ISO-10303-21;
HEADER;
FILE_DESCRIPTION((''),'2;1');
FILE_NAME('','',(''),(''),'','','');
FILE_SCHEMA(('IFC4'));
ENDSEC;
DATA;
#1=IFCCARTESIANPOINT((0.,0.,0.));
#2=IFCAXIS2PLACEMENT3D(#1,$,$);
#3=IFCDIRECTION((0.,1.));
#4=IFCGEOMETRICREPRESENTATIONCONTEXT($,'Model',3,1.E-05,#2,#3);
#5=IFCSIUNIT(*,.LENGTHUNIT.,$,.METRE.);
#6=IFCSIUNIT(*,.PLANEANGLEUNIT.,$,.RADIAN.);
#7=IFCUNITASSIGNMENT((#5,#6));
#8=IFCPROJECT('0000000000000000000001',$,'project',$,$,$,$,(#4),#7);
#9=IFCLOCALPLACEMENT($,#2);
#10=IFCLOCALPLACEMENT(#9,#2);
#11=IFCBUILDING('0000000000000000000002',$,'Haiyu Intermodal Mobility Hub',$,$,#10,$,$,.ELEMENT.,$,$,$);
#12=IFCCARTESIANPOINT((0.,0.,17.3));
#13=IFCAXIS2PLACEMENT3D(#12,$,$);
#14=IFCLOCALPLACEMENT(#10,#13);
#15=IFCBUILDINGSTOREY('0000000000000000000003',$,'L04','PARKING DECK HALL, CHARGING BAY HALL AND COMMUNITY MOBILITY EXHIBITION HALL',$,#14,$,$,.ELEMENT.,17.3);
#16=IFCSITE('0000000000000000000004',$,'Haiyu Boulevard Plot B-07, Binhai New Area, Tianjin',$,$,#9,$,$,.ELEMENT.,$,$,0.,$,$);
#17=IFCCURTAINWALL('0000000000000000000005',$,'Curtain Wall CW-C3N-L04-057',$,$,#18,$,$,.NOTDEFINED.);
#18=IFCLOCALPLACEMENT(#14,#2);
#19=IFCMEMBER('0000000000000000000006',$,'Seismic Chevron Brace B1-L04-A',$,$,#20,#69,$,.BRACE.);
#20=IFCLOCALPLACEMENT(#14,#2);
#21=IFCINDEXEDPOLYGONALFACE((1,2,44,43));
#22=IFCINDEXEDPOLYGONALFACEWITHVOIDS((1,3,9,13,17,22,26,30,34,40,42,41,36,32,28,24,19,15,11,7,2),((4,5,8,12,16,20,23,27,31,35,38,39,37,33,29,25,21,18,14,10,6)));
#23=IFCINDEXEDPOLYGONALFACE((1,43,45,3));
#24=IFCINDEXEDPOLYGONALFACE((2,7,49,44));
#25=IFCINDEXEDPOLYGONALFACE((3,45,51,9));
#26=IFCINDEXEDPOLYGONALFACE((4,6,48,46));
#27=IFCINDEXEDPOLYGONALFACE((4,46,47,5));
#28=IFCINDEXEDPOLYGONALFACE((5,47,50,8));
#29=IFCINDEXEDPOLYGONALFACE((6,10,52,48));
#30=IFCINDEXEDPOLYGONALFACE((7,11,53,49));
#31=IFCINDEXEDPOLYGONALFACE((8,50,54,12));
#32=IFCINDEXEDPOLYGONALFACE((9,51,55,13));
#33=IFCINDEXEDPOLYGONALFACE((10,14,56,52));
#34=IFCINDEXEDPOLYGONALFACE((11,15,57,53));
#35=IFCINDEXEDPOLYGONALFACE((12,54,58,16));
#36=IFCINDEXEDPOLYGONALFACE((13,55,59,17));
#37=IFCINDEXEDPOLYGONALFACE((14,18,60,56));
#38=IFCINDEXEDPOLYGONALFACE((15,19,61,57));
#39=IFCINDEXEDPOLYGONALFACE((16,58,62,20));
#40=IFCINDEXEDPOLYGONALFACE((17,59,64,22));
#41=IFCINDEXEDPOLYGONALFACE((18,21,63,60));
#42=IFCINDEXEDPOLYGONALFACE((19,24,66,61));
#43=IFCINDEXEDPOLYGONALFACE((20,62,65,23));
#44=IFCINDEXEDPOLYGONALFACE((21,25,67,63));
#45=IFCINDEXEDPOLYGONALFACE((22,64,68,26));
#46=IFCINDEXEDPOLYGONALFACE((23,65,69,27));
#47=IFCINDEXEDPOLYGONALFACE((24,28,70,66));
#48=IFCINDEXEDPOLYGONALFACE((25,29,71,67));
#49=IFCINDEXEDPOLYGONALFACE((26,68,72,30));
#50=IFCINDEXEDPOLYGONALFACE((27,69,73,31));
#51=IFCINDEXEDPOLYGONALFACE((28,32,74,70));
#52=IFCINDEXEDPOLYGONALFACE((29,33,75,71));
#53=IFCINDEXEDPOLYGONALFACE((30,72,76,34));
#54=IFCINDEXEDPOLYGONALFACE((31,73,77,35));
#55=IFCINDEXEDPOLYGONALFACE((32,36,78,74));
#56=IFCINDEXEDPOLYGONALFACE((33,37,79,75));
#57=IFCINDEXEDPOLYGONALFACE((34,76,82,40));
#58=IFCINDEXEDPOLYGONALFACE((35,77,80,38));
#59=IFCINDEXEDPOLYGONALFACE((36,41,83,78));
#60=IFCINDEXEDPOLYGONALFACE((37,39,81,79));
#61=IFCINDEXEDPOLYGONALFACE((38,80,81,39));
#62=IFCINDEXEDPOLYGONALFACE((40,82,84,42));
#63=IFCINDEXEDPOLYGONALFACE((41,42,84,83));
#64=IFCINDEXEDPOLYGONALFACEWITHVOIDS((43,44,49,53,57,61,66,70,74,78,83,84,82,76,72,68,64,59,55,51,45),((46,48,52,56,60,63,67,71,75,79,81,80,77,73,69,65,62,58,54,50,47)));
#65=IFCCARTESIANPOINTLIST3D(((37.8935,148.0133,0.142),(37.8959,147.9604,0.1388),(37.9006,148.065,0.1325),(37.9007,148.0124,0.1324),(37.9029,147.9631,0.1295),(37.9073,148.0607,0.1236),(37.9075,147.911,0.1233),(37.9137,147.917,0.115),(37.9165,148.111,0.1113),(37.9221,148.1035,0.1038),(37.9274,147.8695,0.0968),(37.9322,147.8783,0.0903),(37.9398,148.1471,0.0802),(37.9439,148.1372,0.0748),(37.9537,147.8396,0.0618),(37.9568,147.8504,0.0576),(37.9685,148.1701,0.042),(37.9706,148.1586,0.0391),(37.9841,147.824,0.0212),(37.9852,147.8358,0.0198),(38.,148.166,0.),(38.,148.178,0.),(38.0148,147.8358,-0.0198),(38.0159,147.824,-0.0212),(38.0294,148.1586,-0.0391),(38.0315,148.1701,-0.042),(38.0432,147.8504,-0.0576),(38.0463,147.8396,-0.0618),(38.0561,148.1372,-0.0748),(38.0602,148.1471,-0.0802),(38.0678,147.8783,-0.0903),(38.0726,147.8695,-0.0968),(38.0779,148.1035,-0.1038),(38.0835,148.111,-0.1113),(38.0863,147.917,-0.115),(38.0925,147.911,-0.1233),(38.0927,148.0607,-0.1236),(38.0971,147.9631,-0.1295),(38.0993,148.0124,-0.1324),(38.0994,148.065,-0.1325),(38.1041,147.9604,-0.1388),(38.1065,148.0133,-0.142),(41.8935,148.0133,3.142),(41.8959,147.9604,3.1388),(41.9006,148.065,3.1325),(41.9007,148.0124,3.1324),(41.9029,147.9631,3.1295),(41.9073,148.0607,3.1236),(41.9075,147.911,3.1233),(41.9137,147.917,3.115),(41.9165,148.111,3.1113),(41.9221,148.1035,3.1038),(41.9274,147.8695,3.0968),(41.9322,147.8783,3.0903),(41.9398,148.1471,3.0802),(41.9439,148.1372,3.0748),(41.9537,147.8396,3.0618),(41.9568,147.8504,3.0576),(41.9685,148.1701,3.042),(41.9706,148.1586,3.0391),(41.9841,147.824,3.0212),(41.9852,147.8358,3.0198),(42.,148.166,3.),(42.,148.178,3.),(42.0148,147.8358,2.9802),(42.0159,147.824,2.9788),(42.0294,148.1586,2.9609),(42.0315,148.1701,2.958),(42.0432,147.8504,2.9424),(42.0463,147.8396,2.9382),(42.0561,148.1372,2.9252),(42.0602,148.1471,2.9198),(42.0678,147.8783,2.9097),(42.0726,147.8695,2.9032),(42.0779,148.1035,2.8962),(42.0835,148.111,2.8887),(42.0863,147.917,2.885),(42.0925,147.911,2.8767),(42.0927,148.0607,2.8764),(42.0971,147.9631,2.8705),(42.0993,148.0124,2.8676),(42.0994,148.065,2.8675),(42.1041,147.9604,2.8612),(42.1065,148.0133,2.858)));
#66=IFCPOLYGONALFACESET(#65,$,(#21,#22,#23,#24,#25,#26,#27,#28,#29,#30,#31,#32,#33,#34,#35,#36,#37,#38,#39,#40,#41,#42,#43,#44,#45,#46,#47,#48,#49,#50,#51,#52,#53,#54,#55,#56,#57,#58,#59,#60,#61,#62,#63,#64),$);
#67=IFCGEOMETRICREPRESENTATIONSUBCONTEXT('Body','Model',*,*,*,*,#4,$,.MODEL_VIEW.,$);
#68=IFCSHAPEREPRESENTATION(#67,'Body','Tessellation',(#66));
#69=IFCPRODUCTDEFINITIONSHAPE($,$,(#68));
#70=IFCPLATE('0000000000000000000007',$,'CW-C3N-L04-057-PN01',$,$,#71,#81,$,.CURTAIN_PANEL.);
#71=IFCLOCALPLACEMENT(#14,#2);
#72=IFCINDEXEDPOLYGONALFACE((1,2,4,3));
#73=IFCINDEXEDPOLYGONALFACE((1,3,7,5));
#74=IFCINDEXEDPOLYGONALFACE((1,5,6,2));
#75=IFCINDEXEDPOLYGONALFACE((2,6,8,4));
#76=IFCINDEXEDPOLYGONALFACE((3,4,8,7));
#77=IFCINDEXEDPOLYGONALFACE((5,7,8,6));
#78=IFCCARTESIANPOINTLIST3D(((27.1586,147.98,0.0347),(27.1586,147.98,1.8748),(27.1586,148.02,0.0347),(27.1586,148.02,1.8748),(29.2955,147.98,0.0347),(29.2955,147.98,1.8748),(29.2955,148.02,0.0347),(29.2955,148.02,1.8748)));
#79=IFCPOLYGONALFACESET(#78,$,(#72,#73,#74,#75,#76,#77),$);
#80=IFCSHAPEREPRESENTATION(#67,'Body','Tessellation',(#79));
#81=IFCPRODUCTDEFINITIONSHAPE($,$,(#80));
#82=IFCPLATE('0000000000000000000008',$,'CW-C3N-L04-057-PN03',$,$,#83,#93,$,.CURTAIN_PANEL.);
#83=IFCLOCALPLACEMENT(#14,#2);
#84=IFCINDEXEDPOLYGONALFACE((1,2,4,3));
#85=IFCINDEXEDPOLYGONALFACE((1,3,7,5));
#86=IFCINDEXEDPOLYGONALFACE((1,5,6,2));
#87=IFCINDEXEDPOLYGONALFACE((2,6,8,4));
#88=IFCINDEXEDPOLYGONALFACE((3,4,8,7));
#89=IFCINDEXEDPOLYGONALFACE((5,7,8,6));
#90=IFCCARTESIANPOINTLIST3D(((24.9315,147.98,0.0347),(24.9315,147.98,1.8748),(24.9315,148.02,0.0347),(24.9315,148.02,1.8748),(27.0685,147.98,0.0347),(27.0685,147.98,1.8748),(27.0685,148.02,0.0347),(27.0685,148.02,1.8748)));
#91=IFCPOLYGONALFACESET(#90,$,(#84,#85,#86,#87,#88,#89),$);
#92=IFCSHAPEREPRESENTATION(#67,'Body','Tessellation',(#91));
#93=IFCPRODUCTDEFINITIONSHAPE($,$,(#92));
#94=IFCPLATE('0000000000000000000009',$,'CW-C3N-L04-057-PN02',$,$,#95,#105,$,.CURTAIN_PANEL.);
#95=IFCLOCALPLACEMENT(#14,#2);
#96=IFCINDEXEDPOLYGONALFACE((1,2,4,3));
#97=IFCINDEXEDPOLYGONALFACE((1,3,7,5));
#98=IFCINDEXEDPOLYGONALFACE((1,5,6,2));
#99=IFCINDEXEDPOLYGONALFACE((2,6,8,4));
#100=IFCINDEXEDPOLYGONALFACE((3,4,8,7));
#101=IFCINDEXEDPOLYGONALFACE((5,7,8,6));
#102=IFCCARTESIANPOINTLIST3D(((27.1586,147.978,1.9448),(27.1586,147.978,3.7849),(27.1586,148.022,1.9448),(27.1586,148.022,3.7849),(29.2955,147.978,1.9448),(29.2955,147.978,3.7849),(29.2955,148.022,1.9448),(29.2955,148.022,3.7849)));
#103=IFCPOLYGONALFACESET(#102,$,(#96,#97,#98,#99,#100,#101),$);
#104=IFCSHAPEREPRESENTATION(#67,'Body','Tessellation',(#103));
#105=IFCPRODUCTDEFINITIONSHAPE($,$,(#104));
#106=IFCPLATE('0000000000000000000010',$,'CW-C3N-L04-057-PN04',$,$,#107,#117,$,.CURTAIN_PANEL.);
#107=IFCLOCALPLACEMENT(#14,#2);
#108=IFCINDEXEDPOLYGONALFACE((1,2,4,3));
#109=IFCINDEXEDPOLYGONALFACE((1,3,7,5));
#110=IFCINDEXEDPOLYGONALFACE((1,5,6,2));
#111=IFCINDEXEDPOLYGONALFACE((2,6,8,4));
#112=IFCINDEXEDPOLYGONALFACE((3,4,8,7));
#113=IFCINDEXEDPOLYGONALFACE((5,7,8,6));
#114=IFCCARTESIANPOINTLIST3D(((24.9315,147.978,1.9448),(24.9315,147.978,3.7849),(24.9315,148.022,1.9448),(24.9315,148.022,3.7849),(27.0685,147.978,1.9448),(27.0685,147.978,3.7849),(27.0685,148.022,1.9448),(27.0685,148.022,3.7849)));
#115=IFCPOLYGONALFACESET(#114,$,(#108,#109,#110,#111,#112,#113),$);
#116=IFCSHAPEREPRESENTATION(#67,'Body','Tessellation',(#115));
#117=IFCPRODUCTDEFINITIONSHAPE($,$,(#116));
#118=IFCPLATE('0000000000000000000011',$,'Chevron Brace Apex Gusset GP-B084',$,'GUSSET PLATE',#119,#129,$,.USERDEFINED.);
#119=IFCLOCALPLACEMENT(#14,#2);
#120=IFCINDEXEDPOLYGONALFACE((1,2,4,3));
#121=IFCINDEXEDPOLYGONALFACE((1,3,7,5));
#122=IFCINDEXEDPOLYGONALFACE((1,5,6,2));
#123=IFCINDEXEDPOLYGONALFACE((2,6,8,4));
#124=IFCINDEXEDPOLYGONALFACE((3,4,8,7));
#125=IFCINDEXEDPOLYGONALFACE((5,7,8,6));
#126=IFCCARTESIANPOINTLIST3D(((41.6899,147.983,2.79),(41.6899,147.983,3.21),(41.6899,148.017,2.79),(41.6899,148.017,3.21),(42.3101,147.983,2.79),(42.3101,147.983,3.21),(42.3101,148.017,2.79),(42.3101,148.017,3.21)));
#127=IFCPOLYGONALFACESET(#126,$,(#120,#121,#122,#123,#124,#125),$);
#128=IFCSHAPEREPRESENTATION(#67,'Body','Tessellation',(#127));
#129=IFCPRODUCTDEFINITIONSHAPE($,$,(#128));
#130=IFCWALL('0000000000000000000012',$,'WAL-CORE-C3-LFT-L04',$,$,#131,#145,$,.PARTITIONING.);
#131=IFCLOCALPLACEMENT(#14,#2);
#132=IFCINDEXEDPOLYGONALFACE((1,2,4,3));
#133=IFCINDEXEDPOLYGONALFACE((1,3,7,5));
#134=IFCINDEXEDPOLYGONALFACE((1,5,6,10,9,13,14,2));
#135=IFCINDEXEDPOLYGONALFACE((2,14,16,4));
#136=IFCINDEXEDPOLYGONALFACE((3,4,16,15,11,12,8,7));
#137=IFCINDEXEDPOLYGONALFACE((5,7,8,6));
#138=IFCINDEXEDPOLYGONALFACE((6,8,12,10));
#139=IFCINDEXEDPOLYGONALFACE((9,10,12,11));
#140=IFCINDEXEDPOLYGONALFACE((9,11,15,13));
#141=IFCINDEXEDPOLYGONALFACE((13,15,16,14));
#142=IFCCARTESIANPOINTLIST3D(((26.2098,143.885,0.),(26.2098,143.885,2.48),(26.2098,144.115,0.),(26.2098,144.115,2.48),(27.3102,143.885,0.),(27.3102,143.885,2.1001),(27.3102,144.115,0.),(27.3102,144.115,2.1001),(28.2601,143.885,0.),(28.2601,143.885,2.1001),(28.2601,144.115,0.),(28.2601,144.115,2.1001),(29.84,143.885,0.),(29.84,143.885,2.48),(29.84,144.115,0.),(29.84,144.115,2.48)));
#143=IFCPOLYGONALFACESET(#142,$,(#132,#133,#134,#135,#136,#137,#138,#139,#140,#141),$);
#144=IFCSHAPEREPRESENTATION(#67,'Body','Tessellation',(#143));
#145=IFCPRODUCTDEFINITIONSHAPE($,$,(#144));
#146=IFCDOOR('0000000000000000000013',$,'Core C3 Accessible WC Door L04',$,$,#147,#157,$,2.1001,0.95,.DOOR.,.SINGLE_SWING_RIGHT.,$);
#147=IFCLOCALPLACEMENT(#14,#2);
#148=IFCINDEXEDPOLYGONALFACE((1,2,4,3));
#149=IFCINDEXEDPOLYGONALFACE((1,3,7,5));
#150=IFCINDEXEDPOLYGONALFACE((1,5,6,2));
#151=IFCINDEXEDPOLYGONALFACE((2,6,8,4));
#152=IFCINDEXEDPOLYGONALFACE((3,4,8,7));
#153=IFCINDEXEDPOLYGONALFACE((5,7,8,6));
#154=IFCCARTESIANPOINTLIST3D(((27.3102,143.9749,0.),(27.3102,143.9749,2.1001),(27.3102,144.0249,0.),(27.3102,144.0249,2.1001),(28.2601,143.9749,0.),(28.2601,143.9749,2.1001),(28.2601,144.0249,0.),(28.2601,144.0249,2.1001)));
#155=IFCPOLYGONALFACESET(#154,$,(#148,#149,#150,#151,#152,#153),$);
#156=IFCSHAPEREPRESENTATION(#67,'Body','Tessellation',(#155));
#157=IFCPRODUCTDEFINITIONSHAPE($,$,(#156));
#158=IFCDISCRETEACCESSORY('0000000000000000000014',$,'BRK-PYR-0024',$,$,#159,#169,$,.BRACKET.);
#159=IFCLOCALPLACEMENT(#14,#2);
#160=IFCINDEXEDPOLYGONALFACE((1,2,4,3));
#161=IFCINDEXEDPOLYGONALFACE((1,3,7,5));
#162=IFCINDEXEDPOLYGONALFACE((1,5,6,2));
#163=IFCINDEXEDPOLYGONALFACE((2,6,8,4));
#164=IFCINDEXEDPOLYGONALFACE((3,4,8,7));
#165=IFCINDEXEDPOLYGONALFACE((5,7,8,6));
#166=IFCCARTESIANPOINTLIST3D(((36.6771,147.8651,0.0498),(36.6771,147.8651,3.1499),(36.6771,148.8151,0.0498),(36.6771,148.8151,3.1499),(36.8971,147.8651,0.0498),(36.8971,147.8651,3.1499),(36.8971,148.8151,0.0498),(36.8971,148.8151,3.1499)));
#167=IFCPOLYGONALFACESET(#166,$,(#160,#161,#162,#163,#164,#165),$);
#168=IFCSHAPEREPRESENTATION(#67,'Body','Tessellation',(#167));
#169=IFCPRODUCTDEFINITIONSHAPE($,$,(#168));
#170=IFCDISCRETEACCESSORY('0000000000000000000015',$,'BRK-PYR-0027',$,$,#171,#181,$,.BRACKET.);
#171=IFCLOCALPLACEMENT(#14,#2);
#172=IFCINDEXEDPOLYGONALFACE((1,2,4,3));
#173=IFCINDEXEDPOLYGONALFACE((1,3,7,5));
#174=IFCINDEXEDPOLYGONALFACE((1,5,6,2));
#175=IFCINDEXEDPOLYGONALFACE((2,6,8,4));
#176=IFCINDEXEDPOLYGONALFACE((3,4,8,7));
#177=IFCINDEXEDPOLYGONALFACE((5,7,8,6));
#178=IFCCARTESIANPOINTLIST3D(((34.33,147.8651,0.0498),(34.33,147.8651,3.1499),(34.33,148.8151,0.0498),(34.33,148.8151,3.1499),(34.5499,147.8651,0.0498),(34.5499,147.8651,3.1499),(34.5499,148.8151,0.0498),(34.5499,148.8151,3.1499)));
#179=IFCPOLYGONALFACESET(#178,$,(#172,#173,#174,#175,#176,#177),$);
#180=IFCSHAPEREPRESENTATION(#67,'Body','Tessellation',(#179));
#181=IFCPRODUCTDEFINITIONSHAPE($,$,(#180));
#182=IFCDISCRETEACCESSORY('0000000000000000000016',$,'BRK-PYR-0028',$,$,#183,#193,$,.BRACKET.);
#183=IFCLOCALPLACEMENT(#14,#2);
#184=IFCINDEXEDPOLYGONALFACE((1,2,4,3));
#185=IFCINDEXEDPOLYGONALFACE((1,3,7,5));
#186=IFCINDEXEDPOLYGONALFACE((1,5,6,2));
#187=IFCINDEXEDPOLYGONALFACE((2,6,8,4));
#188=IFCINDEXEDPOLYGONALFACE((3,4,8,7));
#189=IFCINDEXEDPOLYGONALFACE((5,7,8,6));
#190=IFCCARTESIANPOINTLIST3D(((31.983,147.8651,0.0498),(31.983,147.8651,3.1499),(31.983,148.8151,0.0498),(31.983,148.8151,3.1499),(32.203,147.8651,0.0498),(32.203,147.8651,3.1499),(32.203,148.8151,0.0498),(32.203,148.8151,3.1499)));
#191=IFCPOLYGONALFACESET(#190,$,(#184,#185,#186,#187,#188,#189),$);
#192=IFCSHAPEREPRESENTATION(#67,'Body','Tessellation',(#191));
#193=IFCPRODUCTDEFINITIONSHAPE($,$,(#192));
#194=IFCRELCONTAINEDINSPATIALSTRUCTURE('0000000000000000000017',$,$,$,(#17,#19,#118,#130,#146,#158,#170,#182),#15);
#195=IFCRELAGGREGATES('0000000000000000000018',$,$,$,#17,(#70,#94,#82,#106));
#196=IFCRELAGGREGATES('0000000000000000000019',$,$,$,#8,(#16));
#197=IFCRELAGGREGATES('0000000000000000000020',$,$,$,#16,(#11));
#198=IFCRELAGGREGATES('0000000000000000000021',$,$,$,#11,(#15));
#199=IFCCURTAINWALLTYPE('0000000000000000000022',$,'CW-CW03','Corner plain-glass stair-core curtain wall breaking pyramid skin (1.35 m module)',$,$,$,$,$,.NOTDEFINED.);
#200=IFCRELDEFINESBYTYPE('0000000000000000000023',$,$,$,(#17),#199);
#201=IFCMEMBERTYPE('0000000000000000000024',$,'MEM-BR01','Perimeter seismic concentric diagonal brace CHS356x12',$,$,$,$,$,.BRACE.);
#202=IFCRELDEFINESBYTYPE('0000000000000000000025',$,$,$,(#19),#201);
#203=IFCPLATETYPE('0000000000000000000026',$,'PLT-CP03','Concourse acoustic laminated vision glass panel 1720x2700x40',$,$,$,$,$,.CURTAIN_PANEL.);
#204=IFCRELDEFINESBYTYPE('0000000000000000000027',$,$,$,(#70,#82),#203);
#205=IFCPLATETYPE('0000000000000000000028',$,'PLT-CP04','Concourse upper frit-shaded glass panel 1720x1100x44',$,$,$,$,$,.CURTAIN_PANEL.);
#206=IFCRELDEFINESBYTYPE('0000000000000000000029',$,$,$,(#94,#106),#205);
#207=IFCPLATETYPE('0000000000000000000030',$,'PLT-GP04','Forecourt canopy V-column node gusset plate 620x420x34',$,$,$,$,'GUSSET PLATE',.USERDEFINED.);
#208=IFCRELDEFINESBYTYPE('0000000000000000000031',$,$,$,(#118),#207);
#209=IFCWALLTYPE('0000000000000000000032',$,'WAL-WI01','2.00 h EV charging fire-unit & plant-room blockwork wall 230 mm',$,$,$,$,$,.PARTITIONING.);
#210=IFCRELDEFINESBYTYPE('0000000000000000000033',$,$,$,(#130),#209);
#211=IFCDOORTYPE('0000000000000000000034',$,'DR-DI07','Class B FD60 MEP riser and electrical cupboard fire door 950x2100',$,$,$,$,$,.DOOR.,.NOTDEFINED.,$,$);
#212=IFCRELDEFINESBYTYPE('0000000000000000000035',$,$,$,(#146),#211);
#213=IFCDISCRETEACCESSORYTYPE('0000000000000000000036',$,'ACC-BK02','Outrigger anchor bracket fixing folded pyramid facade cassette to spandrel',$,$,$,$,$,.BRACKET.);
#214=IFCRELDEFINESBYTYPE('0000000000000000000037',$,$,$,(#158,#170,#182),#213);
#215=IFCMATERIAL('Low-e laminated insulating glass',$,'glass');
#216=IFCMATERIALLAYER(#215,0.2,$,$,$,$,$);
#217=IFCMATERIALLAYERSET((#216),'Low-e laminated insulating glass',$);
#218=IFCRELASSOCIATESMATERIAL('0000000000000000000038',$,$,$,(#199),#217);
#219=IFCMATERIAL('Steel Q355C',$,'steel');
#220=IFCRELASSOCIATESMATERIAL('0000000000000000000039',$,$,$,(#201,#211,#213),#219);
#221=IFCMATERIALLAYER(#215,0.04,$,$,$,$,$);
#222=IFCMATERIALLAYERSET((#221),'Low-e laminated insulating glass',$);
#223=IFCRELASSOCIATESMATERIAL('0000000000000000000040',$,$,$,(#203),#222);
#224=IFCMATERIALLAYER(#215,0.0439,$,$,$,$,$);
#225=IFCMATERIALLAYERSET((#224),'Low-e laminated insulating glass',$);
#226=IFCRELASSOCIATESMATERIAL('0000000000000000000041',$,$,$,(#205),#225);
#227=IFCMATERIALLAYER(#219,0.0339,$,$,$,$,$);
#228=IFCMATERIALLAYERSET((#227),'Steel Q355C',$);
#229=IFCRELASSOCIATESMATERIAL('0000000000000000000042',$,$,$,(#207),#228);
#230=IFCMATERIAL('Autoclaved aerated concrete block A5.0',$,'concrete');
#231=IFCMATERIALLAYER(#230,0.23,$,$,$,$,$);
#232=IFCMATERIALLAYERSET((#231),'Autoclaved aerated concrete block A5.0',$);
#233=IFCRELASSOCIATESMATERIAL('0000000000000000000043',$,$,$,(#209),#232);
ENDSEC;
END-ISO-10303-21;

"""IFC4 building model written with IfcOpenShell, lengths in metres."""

from ifc_helpers import new_model, si_unit, direction, frame, frame_2d, origin, origin_2d, place, context, subcontext, project, spatial, rectangle, hollow_circle, extrude, material, layer, layer_set, material_profile, profile_set, type_object, element, fill, aggregate, save


model = new_model("IFC4")

# Units and contexts
model_context = context("Model", 3, precision=1e-05, world=origin(), true_north=direction((0.0, 1.0)))
body_context = subcontext(model_context, "Body", "Model", "MODEL_VIEW")
ifc_project = project(units=[si_unit("LENGTHUNIT", "METRE"), si_unit("PLANEANGLEUNIT", "RADIAN")], contexts=[model_context])

# Site, building, storey
site_placement = place(None, origin())
site = spatial("IfcSite", under=ifc_project, at=site_placement, Name="Haiyu Boulevard Plot B-07, Binhai New Area, Tianjin", CompositionType="ELEMENT", RefElevation=0.0)
building_placement = place(site_placement, origin())
building = spatial("IfcBuilding", under=site, at=building_placement, Name="Haiyu Intermodal Mobility Hub", CompositionType="ELEMENT")
storey_placement = place(building_placement, frame((0.0, 0.0, 17.3)))
storey = spatial("IfcBuildingStorey", under=building, at=storey_placement, Name="L04", Description="PARKING DECK HALL, CHARGING BAY HALL AND COMMUNITY MOBILITY EXHIBITION HALL", CompositionType="ELEMENT", Elevation=17.3)

# Shared definitions
ifc_material_1 = material(Name="Steel Q355C", Category="steel")

# Curtain wall
ifc_material_2 = material(Name="Low-e laminated insulating glass", Category="glass")
ifc_layer_1 = layer(ifc_material_2, 0.2)
ifc_layer_set_1 = layer_set([ifc_layer_1], Name="Low-e laminated insulating glass")
curtain_wall_type = type_object("IfcCurtainWallType", Name="CW-CW03", Description="Corner plain-glass stair-core curtain wall breaking pyramid skin (1.35 m module)", PredefinedType="NOTDEFINED", material=ifc_layer_set_1)
curtain_wall_placement = place(storey_placement, origin())
curtain_wall = element("IfcCurtainWall", 1, at=curtain_wall_placement, inside=storey, type_object=curtain_wall_type, Name="Curtain Wall CW-C3N-L04-057", PredefinedType="NOTDEFINED")

# Member
ifc_material_profile_1 = material_profile(ifc_material_1, hollow_circle(Radius=0.178, WallThickness=0.012, at=origin_2d()), Name="CHS356x12")
ifc_profile_set_1 = profile_set([ifc_material_profile_1], Name="Steel Q355C")
member_type_1 = type_object("IfcMemberType", Name="MEM-BR01", Description="Perimeter seismic concentric diagonal brace CHS356x12", PredefinedType="BRACE", material=ifc_profile_set_1)
member_1_placement = place(storey_placement, frame((38.0, 148.0, 0.0), z_axis=(0.8, 0.0, 0.6), x_axis=(0.0, 1.0, 0.0)))
element("IfcMember", 2, at=member_1_placement, inside=storey, type_object=member_type_1, Name="Seismic Chevron Brace B1-L04-A", PredefinedType="BRACE", context=body_context, shape_type="SweptSolid", body=[
    extrude(hollow_circle(Radius=0.178, WallThickness=0.012, at=origin_2d()), origin(), (0.0, 0.0, 1.0), 5.0),
])

# Plates
ifc_layer_2 = layer(ifc_material_2, 0.04)
ifc_layer_set_2 = layer_set([ifc_layer_2], Name="Low-e laminated insulating glass")
plate_type_1 = type_object("IfcPlateType", Name="PLT-CP03", Description="Concourse acoustic laminated vision glass panel 1720x2700x40", PredefinedType="CURTAIN_PANEL", material=ifc_layer_set_2)
plate_1_placement = place(storey_placement, frame((28.2271, 148.0, 0.0347), z_axis=(0.0, 0.0, 1.0), x_axis=(-1.0, 0.0, 0.0)))
plate_1 = element("IfcPlate", 3, at=plate_1_placement, type_object=plate_type_1, Name="CW-C3N-L04-057-PN01", PredefinedType="CURTAIN_PANEL", context=body_context, shape_type="SweptSolid", body=[
    extrude(rectangle(XDim=2.137, YDim=0.04, at=origin_2d()), origin(), (0.0, 0.0, 1.0), 1.8401),
])
plate_2_placement = place(storey_placement, frame((26.0, 148.0, 0.0347), z_axis=(0.0, 0.0, 1.0), x_axis=(-1.0, 0.0, 0.0)))
plate_2 = element("IfcPlate", 4, at=plate_2_placement, type_object=plate_type_1, Name="CW-C3N-L04-057-PN03", PredefinedType="CURTAIN_PANEL", context=body_context, shape_type="SweptSolid", body=[
    extrude(rectangle(XDim=2.137, YDim=0.04, at=origin_2d()), origin(), (0.0, 0.0, 1.0), 1.8401),
])
ifc_layer_3 = layer(ifc_material_2, 0.0439)
ifc_layer_set_3 = layer_set([ifc_layer_3], Name="Low-e laminated insulating glass")
plate_type_2 = type_object("IfcPlateType", Name="PLT-CP04", Description="Concourse upper frit-shaded glass panel 1720x1100x44", PredefinedType="CURTAIN_PANEL", material=ifc_layer_set_3)
plate_3_placement = place(storey_placement, frame((28.2271, 148.0, 1.9448), z_axis=(0.0, 0.0, 1.0), x_axis=(-1.0, 0.0, 0.0)))
plate_3 = element("IfcPlate", 5, at=plate_3_placement, type_object=plate_type_2, Name="CW-C3N-L04-057-PN02", PredefinedType="CURTAIN_PANEL", context=body_context, shape_type="SweptSolid", body=[
    extrude(rectangle(XDim=2.137, YDim=0.0439, at=origin_2d()), origin(), (0.0, 0.0, 1.0), 1.8401),
])
plate_4_placement = place(storey_placement, frame((26.0, 148.0, 1.9448), z_axis=(0.0, 0.0, 1.0), x_axis=(-1.0, 0.0, 0.0)))
plate_4 = element("IfcPlate", 6, at=plate_4_placement, type_object=plate_type_2, Name="CW-C3N-L04-057-PN04", PredefinedType="CURTAIN_PANEL", context=body_context, shape_type="SweptSolid", body=[
    extrude(rectangle(XDim=2.137, YDim=0.0439, at=origin_2d()), origin(), (0.0, 0.0, 1.0), 1.8401),
])
aggregate(curtain_wall, [plate_1, plate_3, plate_2, plate_4])
ifc_layer_4 = layer(ifc_material_1, 0.0339)
ifc_layer_set_4 = layer_set([ifc_layer_4], Name="Steel Q355C")
plate_type_3 = type_object("IfcPlateType", Name="PLT-GP04", Description="Forecourt canopy V-column node gusset plate 620x420x34", ElementType="GUSSET PLATE", PredefinedType="USERDEFINED", material=ifc_layer_set_4)
plate_5_placement = place(storey_placement, frame((42.0, 148.0, 2.79), z_axis=(0.0, 0.0, 1.0), x_axis=(1.0, 0.0, 0.0)))
element("IfcPlate", 7, at=plate_5_placement, inside=storey, type_object=plate_type_3, Name="Chevron Brace Apex Gusset GP-B084", ObjectType="GUSSET PLATE", PredefinedType="USERDEFINED", context=body_context, shape_type="SweptSolid", body=[
    extrude(rectangle(XDim=0.6201, YDim=0.0339, at=origin_2d()), origin(), (0.0, 0.0, 1.0), 0.4199),
])

# Wall, opening, door
ifc_material_3 = material(Name="Autoclaved aerated concrete block A5.0", Category="concrete")
ifc_layer_5 = layer(ifc_material_3, 0.23)
ifc_layer_set_5 = layer_set([ifc_layer_5], Name="Autoclaved aerated concrete block A5.0")
wall_type = type_object("IfcWallType", Name="WAL-WI01", Description="2.00 h EV charging fire-unit & plant-room blockwork wall 230 mm", PredefinedType="PARTITIONING", material=ifc_layer_set_5)
wall_placement = place(storey_placement, frame((26.21, 144.0, 0.0), z_axis=(0.0, 0.0, 1.0), x_axis=(1.0, 0.0, 0.0)))
wall = element("IfcWall", 8, at=wall_placement, inside=storey, type_object=wall_type, Name="WAL-CORE-C3-LFT-L04", PredefinedType="PARTITIONING", context=body_context, shape_type="SweptSolid", body=[
    extrude(rectangle(XDim=3.6301, YDim=0.23, at=frame_2d((1.8149, 0.0))), origin(), (0.0, 0.0, 1.0), 2.48),
])
opening_placement = place(wall_placement, frame((1.1001, 0.0, 0.0)))
opening = element("IfcOpeningElement", 9, at=opening_placement, cuts=wall, PredefinedType="OPENING", context=body_context, shape_type="SweptSolid", body=[
    extrude(rectangle(XDim=0.95, YDim=2.1001, at=frame_2d((0.4751, 1.05))), frame((0.0, 0.125, 0.0), z_axis=(0.0, -1.0, 0.0), x_axis=(1.0, 0.0, 0.0)), (0.0, 0.0, 1.0), 0.25),
])
door_type = type_object("IfcDoorType", Name="DR-DI07", Description="Class B FD60 MEP riser and electrical cupboard fire door 950x2100", OperationType="NOTDEFINED", PredefinedType="DOOR", material=ifc_material_1)
door_placement = place(opening_placement, origin())
door = element("IfcDoor", 10, at=door_placement, inside=storey, type_object=door_type, Name="Core C3 Accessible WC Door L04", OperationType="SINGLE_SWING_RIGHT", OverallHeight=2.1001, OverallWidth=0.95, PredefinedType="DOOR", context=body_context, shape_type="SweptSolid", body=[
    extrude(rectangle(XDim=0.95, YDim=2.1001, at=frame_2d((0.4751, 1.05))), frame((0.0, 0.0249, 0.0), z_axis=(0.0, -1.0, 0.0), x_axis=(1.0, 0.0, 0.0)), (0.0, 0.0, 1.0), 0.05),
])
fill(opening, door)

# Discrete accessories
discrete_accessory_type = type_object("IfcDiscreteAccessoryType", Name="ACC-BK02", Description="Outrigger anchor bracket fixing folded pyramid facade cassette to spandrel", PredefinedType="BRACKET", material=ifc_material_1)
for number, where, z_axis, x_axis, name in (
    (11, (36.7871, 148.3401, 0.0498), (0.0, 0.0, 1.0), (1.0, 0.0, 0.0), "BRK-PYR-0024"),
    (12, (34.4399, 148.3401, 0.0498), (0.0, 0.0, 1.0), (1.0, 0.0, 0.0), "BRK-PYR-0027"),
    (13, (32.093, 148.3401, 0.0498), (0.0, 0.0, 1.0), (1.0, 0.0, 0.0), "BRK-PYR-0028"),
):
    element("IfcDiscreteAccessory", number, at=place(storey_placement, frame(where, z_axis=z_axis, x_axis=x_axis)), inside=storey, type_object=discrete_accessory_type, Name=name, PredefinedType="BRACKET", context=body_context, shape_type="SweptSolid", body=[
        extrude(rectangle(XDim=0.22, YDim=0.95, at=origin_2d()), origin(), (0.0, 0.0, 1.0), 3.1001),
    ])

save(model, "model.ifc")
